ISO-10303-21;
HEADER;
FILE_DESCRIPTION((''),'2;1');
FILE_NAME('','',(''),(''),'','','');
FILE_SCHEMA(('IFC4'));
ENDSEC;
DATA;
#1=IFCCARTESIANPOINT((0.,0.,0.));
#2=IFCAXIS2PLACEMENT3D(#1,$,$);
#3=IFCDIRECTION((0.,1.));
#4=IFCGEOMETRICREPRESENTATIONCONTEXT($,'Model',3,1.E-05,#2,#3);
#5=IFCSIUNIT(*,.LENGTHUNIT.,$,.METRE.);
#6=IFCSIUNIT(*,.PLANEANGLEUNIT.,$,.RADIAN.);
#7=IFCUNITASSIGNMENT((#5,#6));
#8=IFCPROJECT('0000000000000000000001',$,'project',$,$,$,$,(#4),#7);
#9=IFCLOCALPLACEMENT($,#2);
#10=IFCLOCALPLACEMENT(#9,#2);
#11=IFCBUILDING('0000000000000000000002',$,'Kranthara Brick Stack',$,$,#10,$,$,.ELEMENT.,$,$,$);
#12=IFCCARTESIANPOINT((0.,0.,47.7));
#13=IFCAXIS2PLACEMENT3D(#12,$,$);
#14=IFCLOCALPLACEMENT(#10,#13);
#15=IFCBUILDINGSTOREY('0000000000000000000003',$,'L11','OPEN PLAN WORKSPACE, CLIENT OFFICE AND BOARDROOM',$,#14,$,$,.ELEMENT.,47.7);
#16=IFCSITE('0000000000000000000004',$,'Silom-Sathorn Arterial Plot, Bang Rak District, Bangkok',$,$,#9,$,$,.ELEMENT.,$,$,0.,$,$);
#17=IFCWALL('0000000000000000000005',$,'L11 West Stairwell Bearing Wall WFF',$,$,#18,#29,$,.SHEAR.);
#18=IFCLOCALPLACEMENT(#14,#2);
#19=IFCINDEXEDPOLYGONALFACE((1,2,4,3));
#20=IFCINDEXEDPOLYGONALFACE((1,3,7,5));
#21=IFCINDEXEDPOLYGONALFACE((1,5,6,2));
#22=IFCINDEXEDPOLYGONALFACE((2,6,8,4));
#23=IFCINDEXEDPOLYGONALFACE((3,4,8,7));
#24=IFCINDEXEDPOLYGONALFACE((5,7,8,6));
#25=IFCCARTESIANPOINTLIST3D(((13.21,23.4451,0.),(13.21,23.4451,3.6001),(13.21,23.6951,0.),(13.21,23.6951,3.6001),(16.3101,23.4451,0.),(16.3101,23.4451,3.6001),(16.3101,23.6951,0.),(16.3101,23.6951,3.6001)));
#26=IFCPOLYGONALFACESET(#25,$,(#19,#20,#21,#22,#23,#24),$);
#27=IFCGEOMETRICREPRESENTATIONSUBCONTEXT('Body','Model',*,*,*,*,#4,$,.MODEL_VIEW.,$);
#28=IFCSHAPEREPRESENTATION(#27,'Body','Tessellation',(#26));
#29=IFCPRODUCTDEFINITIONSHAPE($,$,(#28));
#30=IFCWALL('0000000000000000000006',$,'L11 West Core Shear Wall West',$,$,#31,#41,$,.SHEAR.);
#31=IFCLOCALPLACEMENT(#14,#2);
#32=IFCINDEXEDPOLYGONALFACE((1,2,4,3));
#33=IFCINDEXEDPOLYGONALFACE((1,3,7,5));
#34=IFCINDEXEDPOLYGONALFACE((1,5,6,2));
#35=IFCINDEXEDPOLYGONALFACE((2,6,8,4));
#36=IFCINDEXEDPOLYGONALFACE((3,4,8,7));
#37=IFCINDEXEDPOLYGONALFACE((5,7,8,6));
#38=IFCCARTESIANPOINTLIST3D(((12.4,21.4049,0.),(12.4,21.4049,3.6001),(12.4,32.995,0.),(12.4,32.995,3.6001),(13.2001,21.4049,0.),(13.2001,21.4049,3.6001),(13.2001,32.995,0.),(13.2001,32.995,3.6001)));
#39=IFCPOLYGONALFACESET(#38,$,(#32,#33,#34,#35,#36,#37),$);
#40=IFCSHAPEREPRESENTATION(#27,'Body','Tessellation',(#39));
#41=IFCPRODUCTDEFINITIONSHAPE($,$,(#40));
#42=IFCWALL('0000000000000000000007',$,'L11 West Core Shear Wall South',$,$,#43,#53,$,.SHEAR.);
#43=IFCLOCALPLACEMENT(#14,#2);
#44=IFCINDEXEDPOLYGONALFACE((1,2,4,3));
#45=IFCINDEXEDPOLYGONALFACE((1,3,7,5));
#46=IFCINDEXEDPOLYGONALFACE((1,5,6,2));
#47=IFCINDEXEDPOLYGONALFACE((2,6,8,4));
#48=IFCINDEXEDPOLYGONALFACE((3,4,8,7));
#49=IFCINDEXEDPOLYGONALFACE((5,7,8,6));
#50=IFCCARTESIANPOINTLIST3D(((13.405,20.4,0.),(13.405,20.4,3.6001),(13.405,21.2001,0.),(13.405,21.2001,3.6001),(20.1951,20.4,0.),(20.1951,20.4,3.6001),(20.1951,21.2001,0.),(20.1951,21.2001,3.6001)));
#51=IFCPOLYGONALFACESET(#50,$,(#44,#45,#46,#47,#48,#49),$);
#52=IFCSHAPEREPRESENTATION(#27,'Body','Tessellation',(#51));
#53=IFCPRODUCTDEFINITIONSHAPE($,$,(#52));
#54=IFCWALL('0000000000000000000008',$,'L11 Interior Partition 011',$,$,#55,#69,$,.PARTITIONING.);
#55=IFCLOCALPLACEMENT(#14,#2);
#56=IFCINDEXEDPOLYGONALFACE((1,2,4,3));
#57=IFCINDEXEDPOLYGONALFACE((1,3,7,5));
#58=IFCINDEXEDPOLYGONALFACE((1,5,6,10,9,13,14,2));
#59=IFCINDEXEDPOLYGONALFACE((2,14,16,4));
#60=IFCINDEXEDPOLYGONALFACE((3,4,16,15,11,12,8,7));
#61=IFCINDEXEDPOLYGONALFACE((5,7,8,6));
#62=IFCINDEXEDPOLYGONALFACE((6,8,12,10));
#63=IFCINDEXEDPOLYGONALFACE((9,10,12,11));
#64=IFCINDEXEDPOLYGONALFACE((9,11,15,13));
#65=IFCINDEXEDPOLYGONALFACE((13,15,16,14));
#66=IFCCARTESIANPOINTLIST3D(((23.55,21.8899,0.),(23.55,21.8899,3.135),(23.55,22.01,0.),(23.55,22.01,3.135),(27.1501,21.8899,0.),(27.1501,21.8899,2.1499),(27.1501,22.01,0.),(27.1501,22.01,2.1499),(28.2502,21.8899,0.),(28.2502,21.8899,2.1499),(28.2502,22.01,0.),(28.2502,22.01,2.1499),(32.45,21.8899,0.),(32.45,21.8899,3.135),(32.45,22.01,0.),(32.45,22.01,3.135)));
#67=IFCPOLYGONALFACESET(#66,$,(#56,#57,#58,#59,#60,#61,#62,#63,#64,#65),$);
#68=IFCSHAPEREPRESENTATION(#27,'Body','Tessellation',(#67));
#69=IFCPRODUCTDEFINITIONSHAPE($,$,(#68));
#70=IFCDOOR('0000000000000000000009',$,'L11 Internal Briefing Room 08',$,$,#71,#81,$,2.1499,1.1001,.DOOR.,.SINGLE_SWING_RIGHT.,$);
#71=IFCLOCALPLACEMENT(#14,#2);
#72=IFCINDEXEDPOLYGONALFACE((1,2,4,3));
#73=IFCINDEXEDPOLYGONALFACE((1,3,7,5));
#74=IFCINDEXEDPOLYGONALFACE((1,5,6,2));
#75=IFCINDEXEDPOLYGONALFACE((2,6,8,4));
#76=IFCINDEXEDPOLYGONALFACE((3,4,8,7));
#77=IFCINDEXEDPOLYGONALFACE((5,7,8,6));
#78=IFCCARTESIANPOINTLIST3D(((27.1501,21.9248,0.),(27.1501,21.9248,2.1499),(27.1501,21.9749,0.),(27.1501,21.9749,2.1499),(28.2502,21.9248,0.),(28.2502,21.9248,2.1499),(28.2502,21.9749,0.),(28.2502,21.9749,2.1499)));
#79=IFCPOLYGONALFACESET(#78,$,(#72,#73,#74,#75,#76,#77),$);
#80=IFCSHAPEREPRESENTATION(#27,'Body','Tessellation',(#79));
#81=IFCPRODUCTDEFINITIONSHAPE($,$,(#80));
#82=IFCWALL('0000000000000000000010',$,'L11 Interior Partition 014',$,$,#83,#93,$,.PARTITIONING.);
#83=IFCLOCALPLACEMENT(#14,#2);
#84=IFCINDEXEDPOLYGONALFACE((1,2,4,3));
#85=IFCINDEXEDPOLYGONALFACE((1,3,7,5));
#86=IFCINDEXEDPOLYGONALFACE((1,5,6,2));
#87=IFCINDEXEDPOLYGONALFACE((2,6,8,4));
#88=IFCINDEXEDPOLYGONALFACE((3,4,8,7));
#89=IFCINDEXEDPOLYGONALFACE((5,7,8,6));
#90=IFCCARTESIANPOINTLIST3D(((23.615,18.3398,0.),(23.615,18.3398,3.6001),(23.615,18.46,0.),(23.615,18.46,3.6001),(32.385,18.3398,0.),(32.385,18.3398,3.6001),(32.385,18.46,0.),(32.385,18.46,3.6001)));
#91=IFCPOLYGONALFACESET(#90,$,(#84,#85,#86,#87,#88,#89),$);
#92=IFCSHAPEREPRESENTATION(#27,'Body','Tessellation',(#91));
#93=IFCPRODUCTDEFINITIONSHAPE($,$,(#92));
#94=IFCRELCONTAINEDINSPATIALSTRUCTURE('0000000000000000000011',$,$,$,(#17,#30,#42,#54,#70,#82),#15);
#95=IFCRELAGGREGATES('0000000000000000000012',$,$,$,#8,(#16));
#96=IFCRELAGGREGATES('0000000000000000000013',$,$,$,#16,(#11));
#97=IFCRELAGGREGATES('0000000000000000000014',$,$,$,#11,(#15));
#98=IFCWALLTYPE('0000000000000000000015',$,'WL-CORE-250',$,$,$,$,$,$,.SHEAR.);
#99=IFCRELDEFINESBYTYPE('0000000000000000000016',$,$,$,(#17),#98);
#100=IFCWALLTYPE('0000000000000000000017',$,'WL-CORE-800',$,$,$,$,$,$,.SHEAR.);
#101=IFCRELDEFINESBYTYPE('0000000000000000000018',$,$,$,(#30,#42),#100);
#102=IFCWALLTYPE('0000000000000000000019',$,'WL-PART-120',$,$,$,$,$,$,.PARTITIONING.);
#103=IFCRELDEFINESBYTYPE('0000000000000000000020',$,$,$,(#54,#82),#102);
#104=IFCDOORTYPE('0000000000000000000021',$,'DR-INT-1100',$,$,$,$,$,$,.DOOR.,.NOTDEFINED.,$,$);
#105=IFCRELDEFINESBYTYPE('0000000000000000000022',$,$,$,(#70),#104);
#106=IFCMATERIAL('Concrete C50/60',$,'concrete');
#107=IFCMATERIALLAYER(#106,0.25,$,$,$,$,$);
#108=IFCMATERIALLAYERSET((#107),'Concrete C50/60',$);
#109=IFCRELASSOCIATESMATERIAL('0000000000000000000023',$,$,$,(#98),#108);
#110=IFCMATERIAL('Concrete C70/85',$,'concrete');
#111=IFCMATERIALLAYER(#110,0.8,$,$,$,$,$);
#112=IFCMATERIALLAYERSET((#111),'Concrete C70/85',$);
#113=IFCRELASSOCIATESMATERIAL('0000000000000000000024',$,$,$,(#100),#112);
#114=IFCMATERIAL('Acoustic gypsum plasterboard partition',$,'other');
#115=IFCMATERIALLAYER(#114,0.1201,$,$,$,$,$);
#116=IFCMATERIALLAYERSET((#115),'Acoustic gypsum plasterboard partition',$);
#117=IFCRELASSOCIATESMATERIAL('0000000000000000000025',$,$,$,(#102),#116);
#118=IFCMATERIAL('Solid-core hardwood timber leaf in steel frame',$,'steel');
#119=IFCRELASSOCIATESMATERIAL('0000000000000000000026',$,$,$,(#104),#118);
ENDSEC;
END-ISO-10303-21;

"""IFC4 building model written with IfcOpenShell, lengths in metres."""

from ifc_helpers import new_model, si_unit, direction, frame, frame_2d, origin, place, context, subcontext, project, spatial, rectangle, extrude, material, layer, layer_set, type_object, element, fill, save


model = new_model("IFC4")

# Units and contexts
model_context = context("Model", 3, precision=1e-05, world=origin(), true_north=direction((0.0, 1.0)))
body_context = subcontext(model_context, "Body", "Model", "MODEL_VIEW")
ifc_project = project(units=[si_unit("LENGTHUNIT", "METRE"), si_unit("PLANEANGLEUNIT", "RADIAN")], contexts=[model_context])

# Site, building, storey
site_placement = place(None, origin())
site = spatial("IfcSite", under=ifc_project, at=site_placement, Name="Silom-Sathorn Arterial Plot, Bang Rak District, Bangkok", CompositionType="ELEMENT", RefElevation=0.0)
building_placement = place(site_placement, origin())
building = spatial("IfcBuilding", under=site, at=building_placement, Name="Kranthara Brick Stack", CompositionType="ELEMENT")
storey_placement = place(building_placement, frame((0.0, 0.0, 47.7)))
storey = spatial("IfcBuildingStorey", under=building, at=storey_placement, Name="L11", Description="OPEN PLAN WORKSPACE, CLIENT OFFICE AND BOARDROOM", CompositionType="ELEMENT", Elevation=47.7)

# Shared definitions
ifc_material_1 = material(Name="Concrete C50/60", Category="concrete")
ifc_layer_1 = layer(ifc_material_1, 0.25)
ifc_layer_set_1 = layer_set([ifc_layer_1], Name="Concrete C50/60")
wall_type_1 = type_object("IfcWallType", Name="WL-CORE-250", PredefinedType="SHEAR", material=ifc_layer_set_1)

# Walls
wall_1_placement = place(storey_placement, frame((13.21, 23.5701, 0.0), z_axis=(0.0, 0.0, 1.0), x_axis=(1.0, 0.0, 0.0)))
element("IfcWall", 1, at=wall_1_placement, inside=storey, type_object=wall_type_1, Name="L11 West Stairwell Bearing Wall WFF", PredefinedType="SHEAR", context=body_context, shape_type="SweptSolid", body=[
    extrude(rectangle(XDim=3.1001, YDim=0.25, at=frame_2d((1.55, 0.0))), origin(), (0.0, 0.0, 1.0), 3.6001),
])
ifc_material_2 = material(Name="Concrete C70/85", Category="concrete")
ifc_layer_2 = layer(ifc_material_2, 0.8)
ifc_layer_set_2 = layer_set([ifc_layer_2], Name="Concrete C70/85")
wall_type_2 = type_object("IfcWallType", Name="WL-CORE-800", PredefinedType="SHEAR", material=ifc_layer_set_2)
wall_2_placement = place(storey_placement, frame((12.8, 21.405, 0.0), z_axis=(0.0, 0.0, 1.0), x_axis=(0.0, 1.0, 0.0)))
element("IfcWall", 2, at=wall_2_placement, inside=storey, type_object=wall_type_2, Name="L11 West Core Shear Wall West", PredefinedType="SHEAR", context=body_context, shape_type="SweptSolid", body=[
    extrude(rectangle(XDim=11.5901, YDim=0.8, at=frame_2d((5.7949, 0.0))), origin(), (0.0, 0.0, 1.0), 3.6001),
])
wall_3_placement = place(storey_placement, frame((13.405, 20.8, 0.0), z_axis=(0.0, 0.0, 1.0), x_axis=(1.0, 0.0, 0.0)))
element("IfcWall", 3, at=wall_3_placement, inside=storey, type_object=wall_type_2, Name="L11 West Core Shear Wall South", PredefinedType="SHEAR", context=body_context, shape_type="SweptSolid", body=[
    extrude(rectangle(XDim=6.79, YDim=0.8, at=frame_2d((3.395, 0.0))), origin(), (0.0, 0.0, 1.0), 3.6001),
])

# Wall, opening, door
ifc_material_3 = material(Name="Acoustic gypsum plasterboard partition", Category="other")
ifc_layer_3 = layer(ifc_material_3, 0.1201)
ifc_layer_set_3 = layer_set([ifc_layer_3], Name="Acoustic gypsum plasterboard partition")
wall_type_3 = type_object("IfcWallType", Name="WL-PART-120", PredefinedType="PARTITIONING", material=ifc_layer_set_3)
wall_4_placement = place(storey_placement, frame((23.55, 21.95, 0.0), z_axis=(0.0, 0.0, 1.0), x_axis=(1.0, 0.0, 0.0)))
wall_4 = element("IfcWall", 4, at=wall_4_placement, inside=storey, type_object=wall_type_3, Name="L11 Interior Partition 011", PredefinedType="PARTITIONING", context=body_context, shape_type="SweptSolid", body=[
    extrude(rectangle(XDim=8.8999, YDim=0.1201, at=frame_2d((4.45, 0.0))), origin(), (0.0, 0.0, 1.0), 3.135),
])
opening_1_placement = place(wall_4_placement, frame((3.6001, 0.0, 0.0)))
opening_1 = element("IfcOpeningElement", 5, at=opening_1_placement, cuts=wall_4, PredefinedType="OPENING", context=body_context, shape_type="SweptSolid", body=[
    extrude(rectangle(XDim=1.1001, YDim=2.1499, at=frame_2d((0.55, 1.075))), frame((0.0, 0.0701, 0.0), z_axis=(0.0, -1.0, 0.0), x_axis=(1.0, 0.0, 0.0)), (0.0, 0.0, 1.0), 0.1401),
])
ifc_material_4 = material(Name="Solid-core hardwood timber leaf in steel frame", Category="steel")
door_type_1 = type_object("IfcDoorType", Name="DR-INT-1100", OperationType="NOTDEFINED", PredefinedType="DOOR", material=ifc_material_4)
door_1_placement = place(opening_1_placement, origin())
door_1 = element("IfcDoor", 6, at=door_1_placement, inside=storey, type_object=door_type_1, Name="L11 Internal Briefing Room 08", OperationType="SINGLE_SWING_RIGHT", OverallHeight=2.1499, OverallWidth=1.1001, PredefinedType="DOOR", context=body_context, shape_type="SweptSolid", body=[
    extrude(rectangle(XDim=1.1001, YDim=2.1499, at=frame_2d((0.55, 1.075))), frame((0.0, 0.0249, 0.0), z_axis=(0.0, -1.0, 0.0), x_axis=(1.0, 0.0, 0.0)), (0.0, 0.0, 1.0), 0.05),
])
fill(opening_1, door_1)

# Wall
wall_5_placement = place(storey_placement, frame((23.615, 18.3999, 0.0), z_axis=(0.0, 0.0, 1.0), x_axis=(1.0, 0.0, 0.0)))
element("IfcWall", 7, at=wall_5_placement, inside=storey, type_object=wall_type_3, Name="L11 Interior Partition 014", PredefinedType="PARTITIONING", context=body_context, shape_type="SweptSolid", body=[
    extrude(rectangle(XDim=8.77, YDim=0.1201, at=frame_2d((4.385, 0.0))), origin(), (0.0, 0.0, 1.0), 3.6001),
])

save(model, "model.ifc")
